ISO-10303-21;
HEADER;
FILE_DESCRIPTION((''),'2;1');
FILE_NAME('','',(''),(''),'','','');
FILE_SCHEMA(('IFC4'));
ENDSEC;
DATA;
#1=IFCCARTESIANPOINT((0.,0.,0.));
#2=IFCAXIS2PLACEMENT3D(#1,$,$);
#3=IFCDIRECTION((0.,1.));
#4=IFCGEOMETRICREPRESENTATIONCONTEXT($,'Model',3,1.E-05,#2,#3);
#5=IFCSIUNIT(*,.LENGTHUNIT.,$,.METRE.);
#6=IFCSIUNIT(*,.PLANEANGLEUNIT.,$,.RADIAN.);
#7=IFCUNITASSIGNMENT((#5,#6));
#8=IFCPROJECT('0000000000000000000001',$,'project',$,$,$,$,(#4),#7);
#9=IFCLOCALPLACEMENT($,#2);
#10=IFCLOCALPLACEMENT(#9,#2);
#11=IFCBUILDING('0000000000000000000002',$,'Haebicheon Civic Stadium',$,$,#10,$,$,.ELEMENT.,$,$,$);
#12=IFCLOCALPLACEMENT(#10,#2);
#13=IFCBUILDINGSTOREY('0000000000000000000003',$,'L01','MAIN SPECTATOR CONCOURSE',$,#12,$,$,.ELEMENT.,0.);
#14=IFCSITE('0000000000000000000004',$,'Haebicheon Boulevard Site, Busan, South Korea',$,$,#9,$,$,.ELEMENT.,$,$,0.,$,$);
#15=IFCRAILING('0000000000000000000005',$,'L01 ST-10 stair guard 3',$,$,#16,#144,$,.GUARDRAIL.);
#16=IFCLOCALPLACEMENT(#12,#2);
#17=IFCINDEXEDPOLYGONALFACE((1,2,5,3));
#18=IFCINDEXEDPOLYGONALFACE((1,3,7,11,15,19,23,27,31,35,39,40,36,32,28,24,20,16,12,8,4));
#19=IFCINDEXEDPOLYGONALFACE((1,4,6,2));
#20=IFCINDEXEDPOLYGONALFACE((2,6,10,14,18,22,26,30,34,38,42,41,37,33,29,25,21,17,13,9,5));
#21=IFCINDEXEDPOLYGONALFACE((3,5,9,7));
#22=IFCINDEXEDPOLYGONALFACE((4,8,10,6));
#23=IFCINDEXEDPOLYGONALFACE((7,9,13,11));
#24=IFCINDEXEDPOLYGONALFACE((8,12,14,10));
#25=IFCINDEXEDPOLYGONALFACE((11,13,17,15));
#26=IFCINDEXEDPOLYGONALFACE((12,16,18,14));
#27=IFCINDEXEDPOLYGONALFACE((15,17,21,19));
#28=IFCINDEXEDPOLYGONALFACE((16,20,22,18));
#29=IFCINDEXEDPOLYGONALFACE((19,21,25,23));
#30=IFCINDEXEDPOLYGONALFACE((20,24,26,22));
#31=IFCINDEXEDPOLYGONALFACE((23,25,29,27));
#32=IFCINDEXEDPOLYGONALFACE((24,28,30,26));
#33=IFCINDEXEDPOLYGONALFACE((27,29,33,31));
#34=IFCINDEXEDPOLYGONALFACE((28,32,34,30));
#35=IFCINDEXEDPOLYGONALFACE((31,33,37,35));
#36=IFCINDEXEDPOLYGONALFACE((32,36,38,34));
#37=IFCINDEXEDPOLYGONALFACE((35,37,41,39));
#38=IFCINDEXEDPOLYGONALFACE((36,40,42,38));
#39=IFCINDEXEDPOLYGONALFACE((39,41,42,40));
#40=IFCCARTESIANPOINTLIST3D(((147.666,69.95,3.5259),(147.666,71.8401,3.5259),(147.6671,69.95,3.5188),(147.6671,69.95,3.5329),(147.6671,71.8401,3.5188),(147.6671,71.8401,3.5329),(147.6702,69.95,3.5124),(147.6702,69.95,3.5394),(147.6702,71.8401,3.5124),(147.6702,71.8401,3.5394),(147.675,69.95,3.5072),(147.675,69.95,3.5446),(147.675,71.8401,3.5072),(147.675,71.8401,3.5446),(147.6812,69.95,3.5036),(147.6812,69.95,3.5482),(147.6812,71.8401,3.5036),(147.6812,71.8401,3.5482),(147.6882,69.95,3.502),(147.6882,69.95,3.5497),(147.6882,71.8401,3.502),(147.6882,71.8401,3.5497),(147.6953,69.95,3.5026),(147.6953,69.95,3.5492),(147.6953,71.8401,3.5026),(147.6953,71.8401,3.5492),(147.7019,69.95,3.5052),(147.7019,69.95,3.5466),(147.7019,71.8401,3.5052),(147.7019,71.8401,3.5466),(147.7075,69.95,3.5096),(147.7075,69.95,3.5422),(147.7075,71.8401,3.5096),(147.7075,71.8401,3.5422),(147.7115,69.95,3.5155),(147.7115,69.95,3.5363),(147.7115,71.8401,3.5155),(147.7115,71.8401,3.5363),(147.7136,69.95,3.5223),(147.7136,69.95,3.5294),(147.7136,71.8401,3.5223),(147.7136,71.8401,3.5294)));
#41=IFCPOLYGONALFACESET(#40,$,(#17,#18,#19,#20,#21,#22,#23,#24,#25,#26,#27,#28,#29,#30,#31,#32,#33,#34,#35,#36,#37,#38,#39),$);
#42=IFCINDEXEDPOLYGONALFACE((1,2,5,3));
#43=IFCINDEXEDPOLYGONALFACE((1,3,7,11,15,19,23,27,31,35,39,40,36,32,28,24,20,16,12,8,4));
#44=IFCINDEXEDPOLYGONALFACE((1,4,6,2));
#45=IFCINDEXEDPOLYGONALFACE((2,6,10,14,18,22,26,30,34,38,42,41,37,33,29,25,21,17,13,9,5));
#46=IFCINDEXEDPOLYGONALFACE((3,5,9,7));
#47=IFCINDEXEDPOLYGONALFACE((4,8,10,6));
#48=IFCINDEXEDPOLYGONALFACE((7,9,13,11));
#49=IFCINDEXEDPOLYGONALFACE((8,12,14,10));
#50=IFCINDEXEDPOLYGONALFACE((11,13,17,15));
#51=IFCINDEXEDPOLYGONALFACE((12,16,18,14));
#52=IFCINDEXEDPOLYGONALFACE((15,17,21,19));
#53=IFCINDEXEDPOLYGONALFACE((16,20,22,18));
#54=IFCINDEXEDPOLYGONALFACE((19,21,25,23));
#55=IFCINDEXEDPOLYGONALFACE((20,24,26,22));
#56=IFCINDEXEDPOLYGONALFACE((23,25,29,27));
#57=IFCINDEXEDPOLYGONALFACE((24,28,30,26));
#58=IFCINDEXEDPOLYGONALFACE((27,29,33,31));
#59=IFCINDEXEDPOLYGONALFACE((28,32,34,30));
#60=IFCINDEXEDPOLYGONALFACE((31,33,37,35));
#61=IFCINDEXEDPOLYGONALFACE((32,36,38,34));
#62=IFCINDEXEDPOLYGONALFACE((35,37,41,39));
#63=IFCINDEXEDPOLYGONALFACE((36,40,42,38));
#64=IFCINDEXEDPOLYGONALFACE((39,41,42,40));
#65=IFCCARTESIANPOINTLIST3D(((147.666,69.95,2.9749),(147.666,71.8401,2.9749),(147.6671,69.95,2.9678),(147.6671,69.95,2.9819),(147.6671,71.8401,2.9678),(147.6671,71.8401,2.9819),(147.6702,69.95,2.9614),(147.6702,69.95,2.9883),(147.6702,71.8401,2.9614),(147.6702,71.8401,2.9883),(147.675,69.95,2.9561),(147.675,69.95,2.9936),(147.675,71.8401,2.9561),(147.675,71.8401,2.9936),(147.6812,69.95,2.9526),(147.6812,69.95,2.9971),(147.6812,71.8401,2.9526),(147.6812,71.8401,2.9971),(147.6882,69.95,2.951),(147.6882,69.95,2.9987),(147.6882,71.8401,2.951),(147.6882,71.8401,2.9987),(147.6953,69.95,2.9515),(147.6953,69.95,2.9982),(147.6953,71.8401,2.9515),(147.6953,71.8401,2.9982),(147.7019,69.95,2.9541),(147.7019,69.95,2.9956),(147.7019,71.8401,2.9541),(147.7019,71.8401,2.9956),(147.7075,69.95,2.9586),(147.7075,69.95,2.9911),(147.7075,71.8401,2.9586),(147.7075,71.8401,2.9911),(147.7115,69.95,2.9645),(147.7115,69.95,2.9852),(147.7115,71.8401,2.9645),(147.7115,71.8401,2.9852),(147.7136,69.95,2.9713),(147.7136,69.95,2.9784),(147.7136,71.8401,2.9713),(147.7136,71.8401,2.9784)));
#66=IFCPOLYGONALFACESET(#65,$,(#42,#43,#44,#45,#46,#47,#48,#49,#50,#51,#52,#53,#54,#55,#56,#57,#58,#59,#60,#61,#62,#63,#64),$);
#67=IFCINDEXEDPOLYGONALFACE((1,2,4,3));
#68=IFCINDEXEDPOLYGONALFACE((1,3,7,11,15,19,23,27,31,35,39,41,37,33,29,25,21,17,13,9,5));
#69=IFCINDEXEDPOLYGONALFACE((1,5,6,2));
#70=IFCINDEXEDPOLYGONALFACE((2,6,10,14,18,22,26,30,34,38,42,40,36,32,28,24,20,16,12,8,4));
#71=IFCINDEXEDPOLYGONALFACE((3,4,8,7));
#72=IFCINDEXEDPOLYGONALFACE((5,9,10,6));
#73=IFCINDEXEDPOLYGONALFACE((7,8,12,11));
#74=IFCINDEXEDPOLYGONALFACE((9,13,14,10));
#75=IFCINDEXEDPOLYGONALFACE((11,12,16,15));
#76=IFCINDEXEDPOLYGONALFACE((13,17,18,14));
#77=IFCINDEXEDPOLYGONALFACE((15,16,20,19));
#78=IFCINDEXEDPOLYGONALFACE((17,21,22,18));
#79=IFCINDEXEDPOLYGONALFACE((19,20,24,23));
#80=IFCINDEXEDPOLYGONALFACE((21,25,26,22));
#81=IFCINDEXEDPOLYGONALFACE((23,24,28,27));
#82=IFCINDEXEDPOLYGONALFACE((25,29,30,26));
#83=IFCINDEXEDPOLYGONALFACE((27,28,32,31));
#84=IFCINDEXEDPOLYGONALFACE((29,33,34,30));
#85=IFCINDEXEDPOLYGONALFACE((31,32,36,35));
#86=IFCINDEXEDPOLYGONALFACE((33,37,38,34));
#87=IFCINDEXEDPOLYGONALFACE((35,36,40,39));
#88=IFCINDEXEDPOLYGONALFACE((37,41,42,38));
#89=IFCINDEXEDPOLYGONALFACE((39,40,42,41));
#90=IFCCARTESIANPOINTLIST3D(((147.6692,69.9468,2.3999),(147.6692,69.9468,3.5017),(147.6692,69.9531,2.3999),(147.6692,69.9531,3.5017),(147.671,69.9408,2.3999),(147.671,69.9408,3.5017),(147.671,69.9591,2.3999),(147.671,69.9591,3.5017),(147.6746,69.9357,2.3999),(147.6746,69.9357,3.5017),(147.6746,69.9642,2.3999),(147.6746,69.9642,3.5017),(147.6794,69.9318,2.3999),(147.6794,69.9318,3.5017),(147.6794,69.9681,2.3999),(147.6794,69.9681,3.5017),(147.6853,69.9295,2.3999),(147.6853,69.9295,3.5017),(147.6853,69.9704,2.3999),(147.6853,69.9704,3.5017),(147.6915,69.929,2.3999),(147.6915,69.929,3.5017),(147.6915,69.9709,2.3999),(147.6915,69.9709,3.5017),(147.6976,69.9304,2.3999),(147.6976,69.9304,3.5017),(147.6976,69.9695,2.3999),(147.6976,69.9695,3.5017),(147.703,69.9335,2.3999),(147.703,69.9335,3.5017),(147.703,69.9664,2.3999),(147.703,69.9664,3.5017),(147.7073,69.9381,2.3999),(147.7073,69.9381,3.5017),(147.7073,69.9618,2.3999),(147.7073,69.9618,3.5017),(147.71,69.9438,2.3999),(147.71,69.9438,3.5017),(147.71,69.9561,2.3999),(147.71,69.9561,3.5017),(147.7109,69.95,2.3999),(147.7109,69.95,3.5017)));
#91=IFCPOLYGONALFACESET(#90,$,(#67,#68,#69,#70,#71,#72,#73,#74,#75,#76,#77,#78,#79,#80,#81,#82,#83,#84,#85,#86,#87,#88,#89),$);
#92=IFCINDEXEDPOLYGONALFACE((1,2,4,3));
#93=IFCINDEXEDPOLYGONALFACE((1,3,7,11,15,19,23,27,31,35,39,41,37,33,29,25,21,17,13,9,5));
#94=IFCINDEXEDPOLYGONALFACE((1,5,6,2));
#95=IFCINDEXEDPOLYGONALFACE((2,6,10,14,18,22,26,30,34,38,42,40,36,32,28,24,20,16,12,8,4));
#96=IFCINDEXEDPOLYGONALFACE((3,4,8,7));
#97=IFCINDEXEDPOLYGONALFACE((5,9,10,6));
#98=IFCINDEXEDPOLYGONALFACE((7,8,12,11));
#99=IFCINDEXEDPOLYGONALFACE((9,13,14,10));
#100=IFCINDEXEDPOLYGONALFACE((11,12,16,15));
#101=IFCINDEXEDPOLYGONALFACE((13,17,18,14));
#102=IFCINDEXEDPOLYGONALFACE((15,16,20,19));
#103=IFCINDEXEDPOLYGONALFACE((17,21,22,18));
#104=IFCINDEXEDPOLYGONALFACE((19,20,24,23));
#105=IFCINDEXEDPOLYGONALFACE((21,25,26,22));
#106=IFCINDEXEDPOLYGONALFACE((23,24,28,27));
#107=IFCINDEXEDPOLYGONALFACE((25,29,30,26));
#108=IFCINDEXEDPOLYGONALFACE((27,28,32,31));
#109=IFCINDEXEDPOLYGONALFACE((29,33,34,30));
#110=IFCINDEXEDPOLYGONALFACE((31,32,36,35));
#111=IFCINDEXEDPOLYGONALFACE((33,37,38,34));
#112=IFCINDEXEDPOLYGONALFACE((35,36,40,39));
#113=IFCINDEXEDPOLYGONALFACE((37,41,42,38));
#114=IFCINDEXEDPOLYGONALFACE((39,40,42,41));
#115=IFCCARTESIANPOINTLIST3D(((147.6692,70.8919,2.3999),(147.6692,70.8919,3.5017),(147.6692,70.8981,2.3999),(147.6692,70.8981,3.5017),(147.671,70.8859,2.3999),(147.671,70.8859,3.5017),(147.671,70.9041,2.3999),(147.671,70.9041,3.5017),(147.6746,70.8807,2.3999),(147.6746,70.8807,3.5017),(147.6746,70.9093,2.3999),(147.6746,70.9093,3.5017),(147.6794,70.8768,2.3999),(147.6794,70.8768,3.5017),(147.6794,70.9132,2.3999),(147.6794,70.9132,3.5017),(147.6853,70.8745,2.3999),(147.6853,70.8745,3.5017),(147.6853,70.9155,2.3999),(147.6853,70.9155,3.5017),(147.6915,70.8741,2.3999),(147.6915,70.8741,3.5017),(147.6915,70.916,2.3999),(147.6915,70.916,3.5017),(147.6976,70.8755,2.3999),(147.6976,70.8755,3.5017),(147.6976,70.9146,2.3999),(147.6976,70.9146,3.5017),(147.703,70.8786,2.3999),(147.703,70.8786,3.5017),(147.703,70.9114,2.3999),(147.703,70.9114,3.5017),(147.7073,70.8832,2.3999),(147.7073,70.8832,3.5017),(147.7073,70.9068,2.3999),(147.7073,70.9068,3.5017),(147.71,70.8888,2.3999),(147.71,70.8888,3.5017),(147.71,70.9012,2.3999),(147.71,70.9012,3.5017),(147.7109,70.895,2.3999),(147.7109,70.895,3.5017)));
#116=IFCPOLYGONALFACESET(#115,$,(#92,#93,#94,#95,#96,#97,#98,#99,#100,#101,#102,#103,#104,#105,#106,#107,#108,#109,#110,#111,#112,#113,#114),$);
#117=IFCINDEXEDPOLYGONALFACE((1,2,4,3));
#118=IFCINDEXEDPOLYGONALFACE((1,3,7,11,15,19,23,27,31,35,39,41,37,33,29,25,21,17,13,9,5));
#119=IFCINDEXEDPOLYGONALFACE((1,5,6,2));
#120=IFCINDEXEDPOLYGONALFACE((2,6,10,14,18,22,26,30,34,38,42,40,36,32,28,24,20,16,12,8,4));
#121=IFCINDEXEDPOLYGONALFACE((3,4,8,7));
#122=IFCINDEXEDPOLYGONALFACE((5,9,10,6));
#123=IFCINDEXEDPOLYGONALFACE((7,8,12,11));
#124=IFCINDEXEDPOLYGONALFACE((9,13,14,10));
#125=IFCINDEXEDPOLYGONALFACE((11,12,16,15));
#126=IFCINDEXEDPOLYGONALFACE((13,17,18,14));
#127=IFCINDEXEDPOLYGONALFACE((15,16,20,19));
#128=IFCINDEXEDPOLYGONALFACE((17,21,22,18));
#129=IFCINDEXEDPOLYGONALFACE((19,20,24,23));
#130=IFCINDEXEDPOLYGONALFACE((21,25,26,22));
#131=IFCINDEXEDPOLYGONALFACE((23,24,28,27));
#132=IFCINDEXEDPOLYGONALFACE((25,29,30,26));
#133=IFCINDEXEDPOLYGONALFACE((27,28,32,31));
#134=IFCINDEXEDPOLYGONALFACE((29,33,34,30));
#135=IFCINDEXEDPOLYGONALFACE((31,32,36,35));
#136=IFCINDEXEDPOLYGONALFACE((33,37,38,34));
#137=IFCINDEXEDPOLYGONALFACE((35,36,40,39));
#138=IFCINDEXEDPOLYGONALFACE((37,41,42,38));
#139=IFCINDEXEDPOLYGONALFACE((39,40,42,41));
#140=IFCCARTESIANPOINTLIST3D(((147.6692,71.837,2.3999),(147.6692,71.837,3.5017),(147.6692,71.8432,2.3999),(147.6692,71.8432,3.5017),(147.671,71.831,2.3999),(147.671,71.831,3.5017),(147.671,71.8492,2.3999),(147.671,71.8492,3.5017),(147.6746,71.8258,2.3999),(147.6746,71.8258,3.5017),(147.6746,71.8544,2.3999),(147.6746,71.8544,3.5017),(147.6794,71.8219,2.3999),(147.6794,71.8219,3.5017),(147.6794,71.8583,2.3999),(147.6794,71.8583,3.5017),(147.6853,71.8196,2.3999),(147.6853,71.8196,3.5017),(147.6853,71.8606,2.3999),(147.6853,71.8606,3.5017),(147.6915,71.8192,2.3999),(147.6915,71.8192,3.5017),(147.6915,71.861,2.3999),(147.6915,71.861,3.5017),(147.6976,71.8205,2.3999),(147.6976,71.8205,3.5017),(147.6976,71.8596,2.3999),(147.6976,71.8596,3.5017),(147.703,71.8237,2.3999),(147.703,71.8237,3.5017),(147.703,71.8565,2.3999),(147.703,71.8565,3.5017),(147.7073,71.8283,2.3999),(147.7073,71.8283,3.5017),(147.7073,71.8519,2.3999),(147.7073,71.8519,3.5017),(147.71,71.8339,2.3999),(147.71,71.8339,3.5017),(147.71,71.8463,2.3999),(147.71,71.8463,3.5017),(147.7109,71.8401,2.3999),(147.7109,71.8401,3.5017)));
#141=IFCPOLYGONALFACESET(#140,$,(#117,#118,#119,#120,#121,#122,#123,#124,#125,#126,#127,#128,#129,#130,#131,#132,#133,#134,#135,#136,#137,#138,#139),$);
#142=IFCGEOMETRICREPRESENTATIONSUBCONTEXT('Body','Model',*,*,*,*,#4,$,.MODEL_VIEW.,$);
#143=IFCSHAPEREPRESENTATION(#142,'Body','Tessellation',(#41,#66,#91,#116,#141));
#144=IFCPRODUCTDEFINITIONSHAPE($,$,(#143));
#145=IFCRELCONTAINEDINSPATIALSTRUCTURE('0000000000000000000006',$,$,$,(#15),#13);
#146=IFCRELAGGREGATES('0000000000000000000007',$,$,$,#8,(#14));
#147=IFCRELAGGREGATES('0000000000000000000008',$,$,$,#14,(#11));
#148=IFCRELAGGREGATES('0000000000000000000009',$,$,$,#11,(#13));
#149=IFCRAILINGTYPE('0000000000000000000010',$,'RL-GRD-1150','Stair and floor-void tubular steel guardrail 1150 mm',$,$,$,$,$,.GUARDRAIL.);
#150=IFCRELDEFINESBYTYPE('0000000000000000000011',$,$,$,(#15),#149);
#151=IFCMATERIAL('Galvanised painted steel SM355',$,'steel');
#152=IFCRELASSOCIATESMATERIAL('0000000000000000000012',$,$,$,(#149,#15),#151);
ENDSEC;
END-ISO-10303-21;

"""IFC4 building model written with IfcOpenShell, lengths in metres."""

from ifc_helpers import new_model, si_unit, direction, frame, origin, origin_2d, place, context, subcontext, project, spatial, circle, extrude, material, type_object, element, save


model = new_model("IFC4")

# Units and contexts
model_context = context("Model", 3, precision=1e-05, world=origin(), true_north=direction((0.0, 1.0)))
body_context = subcontext(model_context, "Body", "Model", "MODEL_VIEW")
ifc_project = project(units=[si_unit("LENGTHUNIT", "METRE"), si_unit("PLANEANGLEUNIT", "RADIAN")], contexts=[model_context])

# Site, building, storey
site_placement = place(None, origin())
site = spatial("IfcSite", under=ifc_project, at=site_placement, Name="Haebicheon Boulevard Site, Busan, South Korea", CompositionType="ELEMENT", RefElevation=0.0)
building_placement = place(site_placement, origin())
building = spatial("IfcBuilding", under=site, at=building_placement, Name="Haebicheon Civic Stadium", CompositionType="ELEMENT")
storey_placement = place(building_placement, origin())
storey = spatial("IfcBuildingStorey", under=building, at=storey_placement, Name="L01", Description="MAIN SPECTATOR CONCOURSE", CompositionType="ELEMENT", Elevation=0.0)

# Railing
ifc_material_1 = material(Name="Galvanised painted steel SM355", Category="steel")
railing_type_1 = type_object("IfcRailingType", Name="RL-GRD-1150", Description="Stair and floor-void tubular steel guardrail 1150 mm", PredefinedType="GUARDRAIL", material=ifc_material_1)
for number, where, name in (
    (1, (147.6899, 69.95, 2.3999), "L01 ST-10 stair guard 3"),
):
    element("IfcRailing", number, at=place(storey_placement, frame(where)), inside=storey, type_object=railing_type_1, material=ifc_material_1, Name=name, PredefinedType="GUARDRAIL", context=body_context, shape_type="SweptSolid", body=[
        extrude(circle(Radius=0.0239, at=origin_2d()), frame((0.0, 0.0, 1.126), z_axis=(0.0, 1.0, 0.0), x_axis=(-1.0, 0.0, 0.0)), (0.0, 0.0, 1.0), 1.8901),
        extrude(circle(Radius=0.0239, at=origin_2d()), frame((0.0, 0.0, 0.575), z_axis=(0.0, 1.0, 0.0), x_axis=(-1.0, 0.0, 0.0)), (0.0, 0.0, 1.0), 1.8901),
        extrude(circle(Radius=0.021, at=origin_2d()), origin(), (0.0, 0.0, 1.0), 1.1018),
        extrude(circle(Radius=0.021, at=origin_2d()), frame((0.0, 0.9451, 0.0)), (0.0, 0.0, 1.0), 1.1018),
        extrude(circle(Radius=0.021, at=origin_2d()), frame((0.0, 1.8901, 0.0)), (0.0, 0.0, 1.0), 1.1018),
    ])

save(model, "model.ifc")
